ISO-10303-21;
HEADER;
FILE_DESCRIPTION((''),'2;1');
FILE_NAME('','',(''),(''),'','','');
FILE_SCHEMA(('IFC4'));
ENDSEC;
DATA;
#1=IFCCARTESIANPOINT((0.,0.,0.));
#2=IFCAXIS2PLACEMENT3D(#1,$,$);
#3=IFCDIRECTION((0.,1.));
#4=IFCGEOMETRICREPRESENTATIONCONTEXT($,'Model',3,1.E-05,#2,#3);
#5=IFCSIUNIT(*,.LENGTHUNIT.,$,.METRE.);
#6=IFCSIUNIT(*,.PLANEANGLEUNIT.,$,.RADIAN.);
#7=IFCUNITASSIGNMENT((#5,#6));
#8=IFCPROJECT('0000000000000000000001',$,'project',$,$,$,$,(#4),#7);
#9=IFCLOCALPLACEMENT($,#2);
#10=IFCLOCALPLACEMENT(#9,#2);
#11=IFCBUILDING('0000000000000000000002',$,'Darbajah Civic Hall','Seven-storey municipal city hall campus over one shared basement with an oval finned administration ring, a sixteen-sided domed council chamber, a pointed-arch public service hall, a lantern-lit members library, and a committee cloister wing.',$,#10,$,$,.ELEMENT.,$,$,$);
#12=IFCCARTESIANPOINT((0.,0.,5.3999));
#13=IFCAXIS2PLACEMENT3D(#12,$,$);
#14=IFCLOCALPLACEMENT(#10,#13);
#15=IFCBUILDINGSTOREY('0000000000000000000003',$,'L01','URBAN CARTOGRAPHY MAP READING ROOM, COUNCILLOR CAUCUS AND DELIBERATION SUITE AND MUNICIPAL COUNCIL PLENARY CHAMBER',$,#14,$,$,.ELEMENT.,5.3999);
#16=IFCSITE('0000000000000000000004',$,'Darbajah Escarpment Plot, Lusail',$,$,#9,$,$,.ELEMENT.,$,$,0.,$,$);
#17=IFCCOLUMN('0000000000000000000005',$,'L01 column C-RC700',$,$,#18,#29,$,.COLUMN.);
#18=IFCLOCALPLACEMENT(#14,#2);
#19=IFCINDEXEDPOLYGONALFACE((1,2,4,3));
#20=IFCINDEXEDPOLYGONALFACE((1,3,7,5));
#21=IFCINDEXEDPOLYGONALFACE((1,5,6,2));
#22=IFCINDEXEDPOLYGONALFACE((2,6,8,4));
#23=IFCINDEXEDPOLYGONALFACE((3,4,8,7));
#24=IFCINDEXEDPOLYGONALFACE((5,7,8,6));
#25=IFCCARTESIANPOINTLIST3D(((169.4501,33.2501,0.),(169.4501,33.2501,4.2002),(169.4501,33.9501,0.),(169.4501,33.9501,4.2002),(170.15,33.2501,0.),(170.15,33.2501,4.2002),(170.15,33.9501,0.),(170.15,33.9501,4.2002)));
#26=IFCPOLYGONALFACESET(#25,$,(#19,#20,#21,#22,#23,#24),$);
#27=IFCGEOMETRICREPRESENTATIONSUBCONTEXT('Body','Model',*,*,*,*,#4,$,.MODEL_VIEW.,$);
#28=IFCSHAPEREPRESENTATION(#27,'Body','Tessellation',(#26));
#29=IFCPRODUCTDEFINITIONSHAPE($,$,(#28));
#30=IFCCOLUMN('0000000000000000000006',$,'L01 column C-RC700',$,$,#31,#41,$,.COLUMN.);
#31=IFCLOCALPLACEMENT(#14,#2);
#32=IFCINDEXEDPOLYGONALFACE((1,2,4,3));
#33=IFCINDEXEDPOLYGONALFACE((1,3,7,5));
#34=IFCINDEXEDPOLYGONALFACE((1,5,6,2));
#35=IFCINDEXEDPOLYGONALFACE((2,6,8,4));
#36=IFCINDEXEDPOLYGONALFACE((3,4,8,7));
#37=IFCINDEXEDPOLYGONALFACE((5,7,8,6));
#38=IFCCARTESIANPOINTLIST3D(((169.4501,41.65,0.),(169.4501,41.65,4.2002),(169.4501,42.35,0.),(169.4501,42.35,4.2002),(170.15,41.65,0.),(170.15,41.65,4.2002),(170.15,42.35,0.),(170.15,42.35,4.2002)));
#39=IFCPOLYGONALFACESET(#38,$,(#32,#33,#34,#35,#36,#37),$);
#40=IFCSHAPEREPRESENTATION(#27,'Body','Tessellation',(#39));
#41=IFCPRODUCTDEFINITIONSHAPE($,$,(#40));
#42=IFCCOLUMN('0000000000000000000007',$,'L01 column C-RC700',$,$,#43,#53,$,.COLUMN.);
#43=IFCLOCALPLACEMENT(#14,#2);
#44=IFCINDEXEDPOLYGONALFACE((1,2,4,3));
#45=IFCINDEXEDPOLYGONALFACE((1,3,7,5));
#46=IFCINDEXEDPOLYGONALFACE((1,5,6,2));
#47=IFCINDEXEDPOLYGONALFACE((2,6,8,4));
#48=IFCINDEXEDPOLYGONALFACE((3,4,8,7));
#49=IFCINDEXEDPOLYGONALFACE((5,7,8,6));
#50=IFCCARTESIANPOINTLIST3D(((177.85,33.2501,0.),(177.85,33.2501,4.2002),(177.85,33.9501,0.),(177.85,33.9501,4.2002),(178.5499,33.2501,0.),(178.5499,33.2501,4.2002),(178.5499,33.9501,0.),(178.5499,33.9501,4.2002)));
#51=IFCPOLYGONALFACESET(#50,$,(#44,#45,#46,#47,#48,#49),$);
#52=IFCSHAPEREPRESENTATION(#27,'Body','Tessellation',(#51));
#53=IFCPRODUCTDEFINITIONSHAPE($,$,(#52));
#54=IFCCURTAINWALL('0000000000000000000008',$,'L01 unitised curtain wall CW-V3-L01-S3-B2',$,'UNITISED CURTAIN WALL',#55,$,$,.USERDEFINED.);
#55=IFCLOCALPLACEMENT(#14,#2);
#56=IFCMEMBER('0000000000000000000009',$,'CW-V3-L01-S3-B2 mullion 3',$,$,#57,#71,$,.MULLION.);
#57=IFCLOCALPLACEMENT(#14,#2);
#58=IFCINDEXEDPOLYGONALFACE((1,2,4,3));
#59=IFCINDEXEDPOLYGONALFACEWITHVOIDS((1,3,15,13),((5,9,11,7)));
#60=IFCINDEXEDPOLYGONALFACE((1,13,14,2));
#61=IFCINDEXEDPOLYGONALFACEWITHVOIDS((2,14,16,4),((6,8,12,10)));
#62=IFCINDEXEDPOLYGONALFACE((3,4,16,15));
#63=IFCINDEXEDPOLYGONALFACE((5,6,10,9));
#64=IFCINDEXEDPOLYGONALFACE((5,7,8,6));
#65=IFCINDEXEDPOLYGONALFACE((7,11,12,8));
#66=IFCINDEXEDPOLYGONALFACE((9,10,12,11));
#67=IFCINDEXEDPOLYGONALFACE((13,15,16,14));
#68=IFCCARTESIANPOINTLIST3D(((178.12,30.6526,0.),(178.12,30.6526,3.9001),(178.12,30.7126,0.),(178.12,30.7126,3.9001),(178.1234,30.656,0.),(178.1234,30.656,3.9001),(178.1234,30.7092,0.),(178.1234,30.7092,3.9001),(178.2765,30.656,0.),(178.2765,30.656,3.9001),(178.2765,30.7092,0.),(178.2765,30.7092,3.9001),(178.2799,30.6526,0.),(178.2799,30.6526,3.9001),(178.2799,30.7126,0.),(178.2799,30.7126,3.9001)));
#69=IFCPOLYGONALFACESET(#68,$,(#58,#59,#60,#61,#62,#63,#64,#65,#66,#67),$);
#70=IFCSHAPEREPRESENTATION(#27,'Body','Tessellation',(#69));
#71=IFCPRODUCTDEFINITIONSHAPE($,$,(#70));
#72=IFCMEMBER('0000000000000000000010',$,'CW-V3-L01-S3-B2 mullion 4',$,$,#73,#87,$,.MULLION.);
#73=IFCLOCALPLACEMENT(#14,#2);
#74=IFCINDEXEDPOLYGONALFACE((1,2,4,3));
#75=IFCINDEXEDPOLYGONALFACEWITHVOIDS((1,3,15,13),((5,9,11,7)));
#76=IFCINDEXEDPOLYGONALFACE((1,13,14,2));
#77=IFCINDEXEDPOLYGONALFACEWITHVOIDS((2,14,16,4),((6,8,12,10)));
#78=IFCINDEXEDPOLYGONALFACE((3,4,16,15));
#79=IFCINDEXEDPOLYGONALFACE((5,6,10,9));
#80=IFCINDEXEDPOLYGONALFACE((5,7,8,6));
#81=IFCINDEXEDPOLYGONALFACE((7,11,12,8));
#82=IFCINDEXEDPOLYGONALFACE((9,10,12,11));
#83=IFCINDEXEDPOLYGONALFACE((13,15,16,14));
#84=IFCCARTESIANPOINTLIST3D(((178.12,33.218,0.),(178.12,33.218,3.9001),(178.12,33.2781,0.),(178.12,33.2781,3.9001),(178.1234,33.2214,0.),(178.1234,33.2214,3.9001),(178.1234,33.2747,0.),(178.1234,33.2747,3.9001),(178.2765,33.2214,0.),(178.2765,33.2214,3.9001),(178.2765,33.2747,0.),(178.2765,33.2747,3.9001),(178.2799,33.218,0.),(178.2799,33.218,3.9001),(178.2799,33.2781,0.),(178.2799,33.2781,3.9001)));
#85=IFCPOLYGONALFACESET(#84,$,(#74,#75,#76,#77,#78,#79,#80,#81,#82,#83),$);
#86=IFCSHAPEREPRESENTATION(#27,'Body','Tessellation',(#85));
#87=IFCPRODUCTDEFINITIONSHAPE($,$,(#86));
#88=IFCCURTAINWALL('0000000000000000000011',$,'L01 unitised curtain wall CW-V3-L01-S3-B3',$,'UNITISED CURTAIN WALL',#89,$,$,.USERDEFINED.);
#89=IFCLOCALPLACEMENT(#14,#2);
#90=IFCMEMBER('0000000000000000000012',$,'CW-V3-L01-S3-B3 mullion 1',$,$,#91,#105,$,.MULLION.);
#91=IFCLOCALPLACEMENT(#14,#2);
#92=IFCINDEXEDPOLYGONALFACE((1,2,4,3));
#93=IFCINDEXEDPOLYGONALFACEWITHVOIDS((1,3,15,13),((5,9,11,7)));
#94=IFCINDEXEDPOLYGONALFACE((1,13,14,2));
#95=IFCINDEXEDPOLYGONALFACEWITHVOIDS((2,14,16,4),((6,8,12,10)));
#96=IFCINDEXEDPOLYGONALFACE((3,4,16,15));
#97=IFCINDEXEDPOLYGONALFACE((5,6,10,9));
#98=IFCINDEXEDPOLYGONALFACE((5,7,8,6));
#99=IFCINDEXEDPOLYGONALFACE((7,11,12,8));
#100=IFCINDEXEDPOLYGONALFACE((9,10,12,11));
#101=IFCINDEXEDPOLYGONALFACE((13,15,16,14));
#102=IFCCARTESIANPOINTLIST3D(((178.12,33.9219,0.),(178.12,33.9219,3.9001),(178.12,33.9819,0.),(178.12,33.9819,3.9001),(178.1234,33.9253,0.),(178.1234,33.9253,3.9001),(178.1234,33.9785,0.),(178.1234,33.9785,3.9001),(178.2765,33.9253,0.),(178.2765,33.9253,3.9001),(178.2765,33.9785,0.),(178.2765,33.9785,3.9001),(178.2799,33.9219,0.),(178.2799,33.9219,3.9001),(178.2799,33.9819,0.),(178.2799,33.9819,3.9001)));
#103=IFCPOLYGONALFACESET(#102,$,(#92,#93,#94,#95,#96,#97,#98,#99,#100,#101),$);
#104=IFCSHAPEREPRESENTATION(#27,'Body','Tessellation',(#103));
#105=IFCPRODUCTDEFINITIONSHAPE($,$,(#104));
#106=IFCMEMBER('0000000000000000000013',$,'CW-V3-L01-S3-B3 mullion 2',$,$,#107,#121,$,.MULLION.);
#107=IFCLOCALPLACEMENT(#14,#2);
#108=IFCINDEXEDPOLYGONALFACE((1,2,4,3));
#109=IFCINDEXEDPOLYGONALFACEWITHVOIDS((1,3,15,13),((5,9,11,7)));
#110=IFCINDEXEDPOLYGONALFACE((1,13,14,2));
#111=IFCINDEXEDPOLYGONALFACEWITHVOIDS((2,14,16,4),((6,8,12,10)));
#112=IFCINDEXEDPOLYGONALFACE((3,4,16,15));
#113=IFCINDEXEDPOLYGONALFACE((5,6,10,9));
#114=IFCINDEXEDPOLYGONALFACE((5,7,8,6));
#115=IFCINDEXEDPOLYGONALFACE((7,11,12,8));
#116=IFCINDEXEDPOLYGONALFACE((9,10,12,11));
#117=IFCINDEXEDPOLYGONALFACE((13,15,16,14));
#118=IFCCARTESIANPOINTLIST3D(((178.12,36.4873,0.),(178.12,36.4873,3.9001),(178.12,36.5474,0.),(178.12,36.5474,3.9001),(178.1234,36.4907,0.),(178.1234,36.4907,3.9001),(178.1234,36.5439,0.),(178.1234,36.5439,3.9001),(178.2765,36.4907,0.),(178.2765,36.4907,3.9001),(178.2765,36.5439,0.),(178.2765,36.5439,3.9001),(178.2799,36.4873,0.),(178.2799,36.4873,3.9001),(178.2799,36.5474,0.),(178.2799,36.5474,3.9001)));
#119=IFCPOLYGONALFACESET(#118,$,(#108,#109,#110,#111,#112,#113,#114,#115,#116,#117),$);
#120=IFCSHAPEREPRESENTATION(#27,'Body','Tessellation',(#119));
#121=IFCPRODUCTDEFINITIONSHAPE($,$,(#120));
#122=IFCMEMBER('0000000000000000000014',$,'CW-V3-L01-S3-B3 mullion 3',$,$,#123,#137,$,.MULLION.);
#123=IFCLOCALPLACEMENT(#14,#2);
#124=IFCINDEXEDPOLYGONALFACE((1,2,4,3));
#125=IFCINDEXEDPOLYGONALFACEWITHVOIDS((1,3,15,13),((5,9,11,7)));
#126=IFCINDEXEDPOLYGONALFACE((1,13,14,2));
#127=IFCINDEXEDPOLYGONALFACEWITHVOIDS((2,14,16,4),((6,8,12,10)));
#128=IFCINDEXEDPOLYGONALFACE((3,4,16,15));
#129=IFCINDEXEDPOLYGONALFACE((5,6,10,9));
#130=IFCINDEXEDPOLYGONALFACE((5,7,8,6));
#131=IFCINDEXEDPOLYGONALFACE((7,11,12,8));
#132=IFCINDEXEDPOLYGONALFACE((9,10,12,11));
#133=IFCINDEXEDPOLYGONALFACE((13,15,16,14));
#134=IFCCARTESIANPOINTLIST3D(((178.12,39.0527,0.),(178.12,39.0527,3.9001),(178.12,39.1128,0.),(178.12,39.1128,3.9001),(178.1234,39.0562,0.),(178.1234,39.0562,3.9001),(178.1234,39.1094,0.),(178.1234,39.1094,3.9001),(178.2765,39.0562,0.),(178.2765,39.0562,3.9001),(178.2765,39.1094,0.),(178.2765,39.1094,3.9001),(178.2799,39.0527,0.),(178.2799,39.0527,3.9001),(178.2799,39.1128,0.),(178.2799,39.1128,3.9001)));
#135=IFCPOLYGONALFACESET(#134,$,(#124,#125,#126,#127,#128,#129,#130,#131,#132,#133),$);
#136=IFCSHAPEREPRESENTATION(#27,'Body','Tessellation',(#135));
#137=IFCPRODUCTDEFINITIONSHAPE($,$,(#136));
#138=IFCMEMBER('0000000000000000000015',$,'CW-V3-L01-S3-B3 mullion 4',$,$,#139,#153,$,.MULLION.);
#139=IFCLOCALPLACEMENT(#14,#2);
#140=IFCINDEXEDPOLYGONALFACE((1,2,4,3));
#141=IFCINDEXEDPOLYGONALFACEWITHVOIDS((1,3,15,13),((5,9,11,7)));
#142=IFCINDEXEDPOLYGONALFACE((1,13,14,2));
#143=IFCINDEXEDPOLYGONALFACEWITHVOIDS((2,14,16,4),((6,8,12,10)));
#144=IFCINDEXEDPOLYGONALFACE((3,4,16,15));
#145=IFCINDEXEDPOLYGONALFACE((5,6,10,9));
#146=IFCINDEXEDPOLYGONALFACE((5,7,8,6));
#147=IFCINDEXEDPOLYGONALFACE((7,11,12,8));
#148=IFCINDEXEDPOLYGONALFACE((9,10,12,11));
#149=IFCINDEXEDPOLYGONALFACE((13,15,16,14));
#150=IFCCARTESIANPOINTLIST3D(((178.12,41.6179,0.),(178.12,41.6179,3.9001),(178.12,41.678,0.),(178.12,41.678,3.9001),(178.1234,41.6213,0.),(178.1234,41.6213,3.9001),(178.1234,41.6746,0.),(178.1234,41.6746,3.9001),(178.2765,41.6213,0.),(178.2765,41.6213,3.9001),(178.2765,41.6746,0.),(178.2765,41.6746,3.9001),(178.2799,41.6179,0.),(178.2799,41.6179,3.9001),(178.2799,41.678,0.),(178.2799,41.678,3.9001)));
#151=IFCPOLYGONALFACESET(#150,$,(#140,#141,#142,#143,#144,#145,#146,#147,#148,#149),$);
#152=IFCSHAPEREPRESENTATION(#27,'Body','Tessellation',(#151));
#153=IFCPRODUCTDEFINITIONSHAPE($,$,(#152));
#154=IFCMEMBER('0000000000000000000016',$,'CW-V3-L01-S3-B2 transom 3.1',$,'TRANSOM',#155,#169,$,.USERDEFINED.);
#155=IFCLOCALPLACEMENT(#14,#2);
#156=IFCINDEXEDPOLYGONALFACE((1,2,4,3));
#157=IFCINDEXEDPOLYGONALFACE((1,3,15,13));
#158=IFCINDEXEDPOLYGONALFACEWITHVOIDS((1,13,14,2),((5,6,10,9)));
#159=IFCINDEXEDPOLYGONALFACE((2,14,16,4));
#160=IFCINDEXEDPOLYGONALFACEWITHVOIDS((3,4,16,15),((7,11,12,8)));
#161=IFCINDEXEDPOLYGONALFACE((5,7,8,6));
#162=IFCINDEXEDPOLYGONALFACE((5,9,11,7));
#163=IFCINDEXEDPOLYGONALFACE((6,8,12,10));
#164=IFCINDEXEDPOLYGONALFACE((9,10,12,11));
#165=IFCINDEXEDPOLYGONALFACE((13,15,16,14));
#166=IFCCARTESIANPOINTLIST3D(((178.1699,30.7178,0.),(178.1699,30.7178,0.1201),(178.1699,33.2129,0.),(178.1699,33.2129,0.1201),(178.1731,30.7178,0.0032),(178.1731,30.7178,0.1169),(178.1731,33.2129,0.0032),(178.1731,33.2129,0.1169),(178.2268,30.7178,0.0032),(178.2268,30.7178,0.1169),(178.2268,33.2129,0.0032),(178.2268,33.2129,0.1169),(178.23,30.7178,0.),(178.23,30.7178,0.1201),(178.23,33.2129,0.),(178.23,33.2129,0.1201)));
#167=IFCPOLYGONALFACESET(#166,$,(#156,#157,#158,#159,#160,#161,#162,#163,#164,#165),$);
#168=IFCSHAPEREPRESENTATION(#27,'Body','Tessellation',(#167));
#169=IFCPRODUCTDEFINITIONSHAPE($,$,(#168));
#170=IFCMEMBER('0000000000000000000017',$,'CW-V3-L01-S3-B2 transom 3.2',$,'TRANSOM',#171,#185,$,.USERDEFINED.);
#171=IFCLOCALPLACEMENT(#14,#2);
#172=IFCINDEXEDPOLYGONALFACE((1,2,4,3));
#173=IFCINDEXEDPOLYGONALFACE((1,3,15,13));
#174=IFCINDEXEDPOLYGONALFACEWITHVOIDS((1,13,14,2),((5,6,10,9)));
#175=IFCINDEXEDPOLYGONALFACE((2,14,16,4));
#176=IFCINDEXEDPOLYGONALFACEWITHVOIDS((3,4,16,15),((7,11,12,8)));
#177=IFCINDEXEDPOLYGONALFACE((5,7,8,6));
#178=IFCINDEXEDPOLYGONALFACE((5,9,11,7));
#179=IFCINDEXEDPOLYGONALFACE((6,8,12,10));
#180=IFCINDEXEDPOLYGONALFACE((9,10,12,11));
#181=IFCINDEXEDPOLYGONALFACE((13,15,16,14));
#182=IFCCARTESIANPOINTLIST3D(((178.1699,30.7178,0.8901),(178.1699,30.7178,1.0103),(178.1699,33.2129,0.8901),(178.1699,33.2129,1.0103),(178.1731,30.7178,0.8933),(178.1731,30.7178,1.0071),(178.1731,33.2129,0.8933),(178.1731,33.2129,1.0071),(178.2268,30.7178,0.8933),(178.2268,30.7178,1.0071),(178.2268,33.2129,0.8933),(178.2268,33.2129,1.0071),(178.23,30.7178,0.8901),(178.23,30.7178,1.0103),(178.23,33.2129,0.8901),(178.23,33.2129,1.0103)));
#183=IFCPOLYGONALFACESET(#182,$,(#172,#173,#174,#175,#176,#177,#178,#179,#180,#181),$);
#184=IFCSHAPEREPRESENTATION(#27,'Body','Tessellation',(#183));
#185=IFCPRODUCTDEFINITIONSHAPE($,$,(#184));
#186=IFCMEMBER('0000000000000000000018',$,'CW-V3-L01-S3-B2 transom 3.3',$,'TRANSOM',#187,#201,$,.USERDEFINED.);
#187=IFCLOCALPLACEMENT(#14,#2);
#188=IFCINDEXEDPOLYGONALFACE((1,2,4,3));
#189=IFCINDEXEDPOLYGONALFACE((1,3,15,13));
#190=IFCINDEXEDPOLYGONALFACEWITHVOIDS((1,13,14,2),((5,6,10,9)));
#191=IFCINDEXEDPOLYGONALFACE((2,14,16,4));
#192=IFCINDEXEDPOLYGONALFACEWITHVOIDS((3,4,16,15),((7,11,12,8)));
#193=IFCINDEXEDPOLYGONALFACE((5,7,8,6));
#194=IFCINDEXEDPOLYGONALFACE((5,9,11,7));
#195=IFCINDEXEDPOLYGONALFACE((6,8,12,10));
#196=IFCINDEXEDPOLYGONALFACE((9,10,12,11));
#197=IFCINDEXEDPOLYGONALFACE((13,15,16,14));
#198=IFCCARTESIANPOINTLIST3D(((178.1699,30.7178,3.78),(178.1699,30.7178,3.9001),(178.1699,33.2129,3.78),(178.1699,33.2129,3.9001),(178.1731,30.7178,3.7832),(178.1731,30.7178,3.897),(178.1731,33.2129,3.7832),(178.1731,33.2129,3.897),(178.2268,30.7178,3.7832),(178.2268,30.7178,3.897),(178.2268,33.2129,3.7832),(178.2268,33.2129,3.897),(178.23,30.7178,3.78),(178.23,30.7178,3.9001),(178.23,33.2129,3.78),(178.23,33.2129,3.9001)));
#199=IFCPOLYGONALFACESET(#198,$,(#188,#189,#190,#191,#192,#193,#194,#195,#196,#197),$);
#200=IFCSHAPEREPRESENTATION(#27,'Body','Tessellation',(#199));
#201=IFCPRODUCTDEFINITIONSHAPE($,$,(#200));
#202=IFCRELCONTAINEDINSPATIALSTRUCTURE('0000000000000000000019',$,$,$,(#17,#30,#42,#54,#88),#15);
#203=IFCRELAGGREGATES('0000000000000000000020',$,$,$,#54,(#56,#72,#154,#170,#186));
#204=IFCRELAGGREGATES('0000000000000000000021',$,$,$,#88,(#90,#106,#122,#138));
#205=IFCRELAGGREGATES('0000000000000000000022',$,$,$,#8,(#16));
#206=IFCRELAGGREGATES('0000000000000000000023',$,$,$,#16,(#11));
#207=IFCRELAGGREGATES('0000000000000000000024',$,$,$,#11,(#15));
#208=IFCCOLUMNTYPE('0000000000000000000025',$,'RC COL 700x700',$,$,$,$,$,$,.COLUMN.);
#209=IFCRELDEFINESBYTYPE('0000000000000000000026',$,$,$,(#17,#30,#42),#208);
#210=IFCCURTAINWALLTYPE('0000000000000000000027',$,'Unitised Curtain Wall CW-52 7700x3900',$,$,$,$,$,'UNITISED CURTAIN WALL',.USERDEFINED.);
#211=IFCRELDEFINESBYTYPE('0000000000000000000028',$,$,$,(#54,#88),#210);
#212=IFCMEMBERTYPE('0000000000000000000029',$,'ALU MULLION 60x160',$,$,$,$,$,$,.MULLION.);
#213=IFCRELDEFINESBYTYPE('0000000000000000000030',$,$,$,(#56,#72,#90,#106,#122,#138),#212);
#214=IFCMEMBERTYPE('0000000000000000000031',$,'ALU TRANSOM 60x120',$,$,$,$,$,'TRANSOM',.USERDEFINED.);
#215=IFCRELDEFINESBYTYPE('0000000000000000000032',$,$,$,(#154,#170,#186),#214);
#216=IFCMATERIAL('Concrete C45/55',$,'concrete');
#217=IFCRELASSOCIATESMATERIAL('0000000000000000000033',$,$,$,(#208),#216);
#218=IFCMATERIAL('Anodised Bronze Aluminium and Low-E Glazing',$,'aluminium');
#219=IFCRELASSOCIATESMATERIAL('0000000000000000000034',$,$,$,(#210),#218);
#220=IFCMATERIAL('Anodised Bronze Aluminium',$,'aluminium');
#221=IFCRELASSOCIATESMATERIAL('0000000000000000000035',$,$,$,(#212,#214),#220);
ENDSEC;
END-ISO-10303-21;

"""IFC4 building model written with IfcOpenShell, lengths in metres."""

from ifc_helpers import new_model, si_unit, direction, frame, origin, origin_2d, place, context, subcontext, project, spatial, rectangle, hollow_rectangle, extrude, material, material_profile, profile_set, type_object, element, aggregate, save


model = new_model("IFC4")

# Units and contexts
model_context = context("Model", 3, precision=1e-05, world=origin(), true_north=direction((0.0, 1.0)))
body_context = subcontext(model_context, "Body", "Model", "MODEL_VIEW")
ifc_project = project(units=[si_unit("LENGTHUNIT", "METRE"), si_unit("PLANEANGLEUNIT", "RADIAN")], contexts=[model_context])

# Site, building, storey
site_placement = place(None, origin())
site = spatial("IfcSite", under=ifc_project, at=site_placement, Name="Darbajah Escarpment Plot, Lusail", CompositionType="ELEMENT", RefElevation=0.0)
building_placement = place(site_placement, origin())
building = spatial("IfcBuilding", under=site, at=building_placement, Name="Darbajah Civic Hall", Description="Seven-storey municipal city hall campus over one shared basement with an oval finned administration ring, a sixteen-sided domed council chamber, a pointed-arch public service hall, a lantern-lit members library, and a committee cloister wing.", CompositionType="ELEMENT")
storey_placement = place(building_placement, frame((0.0, 0.0, 5.3999)))
storey = spatial("IfcBuildingStorey", under=building, at=storey_placement, Name="L01", Description="URBAN CARTOGRAPHY MAP READING ROOM, COUNCILLOR CAUCUS AND DELIBERATION SUITE AND MUNICIPAL COUNCIL PLENARY CHAMBER", CompositionType="ELEMENT", Elevation=5.3999)

# Columns
ifc_material_1 = material(Name="Concrete C45/55", Category="concrete")
ifc_material_profile_1 = material_profile(ifc_material_1, rectangle(XDim=0.7, YDim=0.7, at=origin_2d()), Name="RC COL 700x700")
ifc_profile_set_1 = profile_set([ifc_material_profile_1], Name="Concrete C45/55")
column_type = type_object("IfcColumnType", Name="RC COL 700x700", PredefinedType="COLUMN", material=ifc_profile_set_1)
for number, where, z_axis, x_axis, name in (
    (1, (169.8, 33.6001, 0.0), (0.0, 0.0, 1.0), (1.0, 0.0, 0.0), "L01 column C-RC700"),
    (2, (169.8, 42.0, 0.0), (0.0, 0.0, 1.0), (1.0, 0.0, 0.0), "L01 column C-RC700"),
    (3, (178.2, 33.6001, 0.0), (0.0, 0.0, 1.0), (1.0, 0.0, 0.0), "L01 column C-RC700"),
):
    element("IfcColumn", number, at=place(storey_placement, frame(where, z_axis=z_axis, x_axis=x_axis)), inside=storey, type_object=column_type, Name=name, PredefinedType="COLUMN", context=body_context, shape_type="SweptSolid", body=[
        extrude(rectangle(XDim=0.7, YDim=0.7, at=origin_2d()), origin(), (0.0, 0.0, 1.0), 4.2002),
    ])

# Curtain walls, members
ifc_material_2 = material(Name="Anodised Bronze Aluminium and Low-E Glazing", Category="aluminium")
curtain_wall_type = type_object("IfcCurtainWallType", Name="Unitised Curtain Wall CW-52 7700x3900", ElementType="UNITISED CURTAIN WALL", PredefinedType="USERDEFINED", material=ifc_material_2)
curtain_wall_1_placement = place(storey_placement, origin())
curtain_wall_1 = element("IfcCurtainWall", 4, at=curtain_wall_1_placement, inside=storey, type_object=curtain_wall_type, Name="L01 unitised curtain wall CW-V3-L01-S3-B2", ObjectType="UNITISED CURTAIN WALL", PredefinedType="USERDEFINED")
ifc_material_3 = material(Name="Anodised Bronze Aluminium", Category="aluminium")
ifc_material_profile_2 = material_profile(ifc_material_3, hollow_rectangle(XDim=0.0601, YDim=0.1599, WallThickness=0.0034, at=origin_2d()), Name="ALU MULLION 60x160")
ifc_profile_set_2 = profile_set([ifc_material_profile_2], Name="Anodised Bronze Aluminium")
member_type_1 = type_object("IfcMemberType", Name="ALU MULLION 60x160", PredefinedType="MULLION", material=ifc_profile_set_2)
member_1_placement = place(storey_placement, frame((178.2, 30.6826, 0.0), z_axis=(0.0, 0.0, 1.0), x_axis=(0.0, 1.0, 0.0)))
member_1 = element("IfcMember", 5, at=member_1_placement, type_object=member_type_1, Name="CW-V3-L01-S3-B2 mullion 3", PredefinedType="MULLION", context=body_context, shape_type="SweptSolid", body=[
    extrude(hollow_rectangle(XDim=0.0601, YDim=0.1599, WallThickness=0.0034, at=origin_2d()), origin(), (0.0, 0.0, 1.0), 3.9001),
])
member_2_placement = place(storey_placement, frame((178.2, 33.248, 0.0), z_axis=(0.0, 0.0, 1.0), x_axis=(0.0, 1.0, 0.0)))
member_2 = element("IfcMember", 6, at=member_2_placement, type_object=member_type_1, Name="CW-V3-L01-S3-B2 mullion 4", PredefinedType="MULLION", context=body_context, shape_type="SweptSolid", body=[
    extrude(hollow_rectangle(XDim=0.0601, YDim=0.1599, WallThickness=0.0034, at=origin_2d()), origin(), (0.0, 0.0, 1.0), 3.9001),
])
curtain_wall_2_placement = place(storey_placement, origin())
curtain_wall_2 = element("IfcCurtainWall", 7, at=curtain_wall_2_placement, inside=storey, type_object=curtain_wall_type, Name="L01 unitised curtain wall CW-V3-L01-S3-B3", ObjectType="UNITISED CURTAIN WALL", PredefinedType="USERDEFINED")
member_3_placement = place(storey_placement, frame((178.2, 33.9519, 0.0), z_axis=(0.0, 0.0, 1.0), x_axis=(0.0, 1.0, 0.0)))
member_3 = element("IfcMember", 8, at=member_3_placement, type_object=member_type_1, Name="CW-V3-L01-S3-B3 mullion 1", PredefinedType="MULLION", context=body_context, shape_type="SweptSolid", body=[
    extrude(hollow_rectangle(XDim=0.0601, YDim=0.1599, WallThickness=0.0034, at=origin_2d()), origin(), (0.0, 0.0, 1.0), 3.9001),
])
member_4_placement = place(storey_placement, frame((178.2, 36.5173, 0.0), z_axis=(0.0, 0.0, 1.0), x_axis=(0.0, 1.0, 0.0)))
member_4 = element("IfcMember", 9, at=member_4_placement, type_object=member_type_1, Name="CW-V3-L01-S3-B3 mullion 2", PredefinedType="MULLION", context=body_context, shape_type="SweptSolid", body=[
    extrude(hollow_rectangle(XDim=0.0601, YDim=0.1599, WallThickness=0.0034, at=origin_2d()), origin(), (0.0, 0.0, 1.0), 3.9001),
])
member_5_placement = place(storey_placement, frame((178.2, 39.0828, 0.0), z_axis=(0.0, 0.0, 1.0), x_axis=(0.0, 1.0, 0.0)))
member_5 = element("IfcMember", 10, at=member_5_placement, type_object=member_type_1, Name="CW-V3-L01-S3-B3 mullion 3", PredefinedType="MULLION", context=body_context, shape_type="SweptSolid", body=[
    extrude(hollow_rectangle(XDim=0.0601, YDim=0.1599, WallThickness=0.0034, at=origin_2d()), origin(), (0.0, 0.0, 1.0), 3.9001),
])
member_6_placement = place(storey_placement, frame((178.2, 41.6479, 0.0), z_axis=(0.0, 0.0, 1.0), x_axis=(0.0, 1.0, 0.0)))
member_6 = element("IfcMember", 11, at=member_6_placement, type_object=member_type_1, Name="CW-V3-L01-S3-B3 mullion 4", PredefinedType="MULLION", context=body_context, shape_type="SweptSolid", body=[
    extrude(hollow_rectangle(XDim=0.0601, YDim=0.1599, WallThickness=0.0034, at=origin_2d()), origin(), (0.0, 0.0, 1.0), 3.9001),
])

# Members
ifc_material_profile_3 = material_profile(ifc_material_3, hollow_rectangle(XDim=0.0601, YDim=0.1201, WallThickness=0.0032, at=origin_2d()), Name="ALU TRANSOM 60x120")
ifc_profile_set_3 = profile_set([ifc_material_profile_3], Name="Anodised Bronze Aluminium")
member_type_2 = type_object("IfcMemberType", Name="ALU TRANSOM 60x120", ElementType="TRANSOM", PredefinedType="USERDEFINED", material=ifc_profile_set_3)
member_7_placement = place(storey_placement, frame((178.2, 30.7178, 0.0601), z_axis=(0.0, 1.0, 0.0), x_axis=(-1.0, 0.0, 0.0)))
member_7 = element("IfcMember", 12, at=member_7_placement, type_object=member_type_2, Name="CW-V3-L01-S3-B2 transom 3.1", ObjectType="TRANSOM", PredefinedType="USERDEFINED", context=body_context, shape_type="SweptSolid", body=[
    extrude(hollow_rectangle(XDim=0.0601, YDim=0.1201, WallThickness=0.0032, at=origin_2d()), origin(), (0.0, 0.0, 1.0), 2.4951),
])
member_8_placement = place(storey_placement, frame((178.2, 30.7178, 0.9502), z_axis=(0.0, 1.0, 0.0), x_axis=(-1.0, 0.0, 0.0)))
member_8 = element("IfcMember", 13, at=member_8_placement, type_object=member_type_2, Name="CW-V3-L01-S3-B2 transom 3.2", ObjectType="TRANSOM", PredefinedType="USERDEFINED", context=body_context, shape_type="SweptSolid", body=[
    extrude(hollow_rectangle(XDim=0.0601, YDim=0.1201, WallThickness=0.0032, at=origin_2d()), origin(), (0.0, 0.0, 1.0), 2.4951),
])
member_9_placement = place(storey_placement, frame((178.2, 30.7178, 3.8401), z_axis=(0.0, 1.0, 0.0), x_axis=(-1.0, 0.0, 0.0)))
member_9 = element("IfcMember", 14, at=member_9_placement, type_object=member_type_2, Name="CW-V3-L01-S3-B2 transom 3.3", ObjectType="TRANSOM", PredefinedType="USERDEFINED", context=body_context, shape_type="SweptSolid", body=[
    extrude(hollow_rectangle(XDim=0.0601, YDim=0.1201, WallThickness=0.0032, at=origin_2d()), origin(), (0.0, 0.0, 1.0), 2.4951),
])

aggregate(curtain_wall_1, [member_1, member_2, member_7, member_8, member_9])
aggregate(curtain_wall_2, [member_3, member_4, member_5, member_6])

save(model, "model.ifc")
